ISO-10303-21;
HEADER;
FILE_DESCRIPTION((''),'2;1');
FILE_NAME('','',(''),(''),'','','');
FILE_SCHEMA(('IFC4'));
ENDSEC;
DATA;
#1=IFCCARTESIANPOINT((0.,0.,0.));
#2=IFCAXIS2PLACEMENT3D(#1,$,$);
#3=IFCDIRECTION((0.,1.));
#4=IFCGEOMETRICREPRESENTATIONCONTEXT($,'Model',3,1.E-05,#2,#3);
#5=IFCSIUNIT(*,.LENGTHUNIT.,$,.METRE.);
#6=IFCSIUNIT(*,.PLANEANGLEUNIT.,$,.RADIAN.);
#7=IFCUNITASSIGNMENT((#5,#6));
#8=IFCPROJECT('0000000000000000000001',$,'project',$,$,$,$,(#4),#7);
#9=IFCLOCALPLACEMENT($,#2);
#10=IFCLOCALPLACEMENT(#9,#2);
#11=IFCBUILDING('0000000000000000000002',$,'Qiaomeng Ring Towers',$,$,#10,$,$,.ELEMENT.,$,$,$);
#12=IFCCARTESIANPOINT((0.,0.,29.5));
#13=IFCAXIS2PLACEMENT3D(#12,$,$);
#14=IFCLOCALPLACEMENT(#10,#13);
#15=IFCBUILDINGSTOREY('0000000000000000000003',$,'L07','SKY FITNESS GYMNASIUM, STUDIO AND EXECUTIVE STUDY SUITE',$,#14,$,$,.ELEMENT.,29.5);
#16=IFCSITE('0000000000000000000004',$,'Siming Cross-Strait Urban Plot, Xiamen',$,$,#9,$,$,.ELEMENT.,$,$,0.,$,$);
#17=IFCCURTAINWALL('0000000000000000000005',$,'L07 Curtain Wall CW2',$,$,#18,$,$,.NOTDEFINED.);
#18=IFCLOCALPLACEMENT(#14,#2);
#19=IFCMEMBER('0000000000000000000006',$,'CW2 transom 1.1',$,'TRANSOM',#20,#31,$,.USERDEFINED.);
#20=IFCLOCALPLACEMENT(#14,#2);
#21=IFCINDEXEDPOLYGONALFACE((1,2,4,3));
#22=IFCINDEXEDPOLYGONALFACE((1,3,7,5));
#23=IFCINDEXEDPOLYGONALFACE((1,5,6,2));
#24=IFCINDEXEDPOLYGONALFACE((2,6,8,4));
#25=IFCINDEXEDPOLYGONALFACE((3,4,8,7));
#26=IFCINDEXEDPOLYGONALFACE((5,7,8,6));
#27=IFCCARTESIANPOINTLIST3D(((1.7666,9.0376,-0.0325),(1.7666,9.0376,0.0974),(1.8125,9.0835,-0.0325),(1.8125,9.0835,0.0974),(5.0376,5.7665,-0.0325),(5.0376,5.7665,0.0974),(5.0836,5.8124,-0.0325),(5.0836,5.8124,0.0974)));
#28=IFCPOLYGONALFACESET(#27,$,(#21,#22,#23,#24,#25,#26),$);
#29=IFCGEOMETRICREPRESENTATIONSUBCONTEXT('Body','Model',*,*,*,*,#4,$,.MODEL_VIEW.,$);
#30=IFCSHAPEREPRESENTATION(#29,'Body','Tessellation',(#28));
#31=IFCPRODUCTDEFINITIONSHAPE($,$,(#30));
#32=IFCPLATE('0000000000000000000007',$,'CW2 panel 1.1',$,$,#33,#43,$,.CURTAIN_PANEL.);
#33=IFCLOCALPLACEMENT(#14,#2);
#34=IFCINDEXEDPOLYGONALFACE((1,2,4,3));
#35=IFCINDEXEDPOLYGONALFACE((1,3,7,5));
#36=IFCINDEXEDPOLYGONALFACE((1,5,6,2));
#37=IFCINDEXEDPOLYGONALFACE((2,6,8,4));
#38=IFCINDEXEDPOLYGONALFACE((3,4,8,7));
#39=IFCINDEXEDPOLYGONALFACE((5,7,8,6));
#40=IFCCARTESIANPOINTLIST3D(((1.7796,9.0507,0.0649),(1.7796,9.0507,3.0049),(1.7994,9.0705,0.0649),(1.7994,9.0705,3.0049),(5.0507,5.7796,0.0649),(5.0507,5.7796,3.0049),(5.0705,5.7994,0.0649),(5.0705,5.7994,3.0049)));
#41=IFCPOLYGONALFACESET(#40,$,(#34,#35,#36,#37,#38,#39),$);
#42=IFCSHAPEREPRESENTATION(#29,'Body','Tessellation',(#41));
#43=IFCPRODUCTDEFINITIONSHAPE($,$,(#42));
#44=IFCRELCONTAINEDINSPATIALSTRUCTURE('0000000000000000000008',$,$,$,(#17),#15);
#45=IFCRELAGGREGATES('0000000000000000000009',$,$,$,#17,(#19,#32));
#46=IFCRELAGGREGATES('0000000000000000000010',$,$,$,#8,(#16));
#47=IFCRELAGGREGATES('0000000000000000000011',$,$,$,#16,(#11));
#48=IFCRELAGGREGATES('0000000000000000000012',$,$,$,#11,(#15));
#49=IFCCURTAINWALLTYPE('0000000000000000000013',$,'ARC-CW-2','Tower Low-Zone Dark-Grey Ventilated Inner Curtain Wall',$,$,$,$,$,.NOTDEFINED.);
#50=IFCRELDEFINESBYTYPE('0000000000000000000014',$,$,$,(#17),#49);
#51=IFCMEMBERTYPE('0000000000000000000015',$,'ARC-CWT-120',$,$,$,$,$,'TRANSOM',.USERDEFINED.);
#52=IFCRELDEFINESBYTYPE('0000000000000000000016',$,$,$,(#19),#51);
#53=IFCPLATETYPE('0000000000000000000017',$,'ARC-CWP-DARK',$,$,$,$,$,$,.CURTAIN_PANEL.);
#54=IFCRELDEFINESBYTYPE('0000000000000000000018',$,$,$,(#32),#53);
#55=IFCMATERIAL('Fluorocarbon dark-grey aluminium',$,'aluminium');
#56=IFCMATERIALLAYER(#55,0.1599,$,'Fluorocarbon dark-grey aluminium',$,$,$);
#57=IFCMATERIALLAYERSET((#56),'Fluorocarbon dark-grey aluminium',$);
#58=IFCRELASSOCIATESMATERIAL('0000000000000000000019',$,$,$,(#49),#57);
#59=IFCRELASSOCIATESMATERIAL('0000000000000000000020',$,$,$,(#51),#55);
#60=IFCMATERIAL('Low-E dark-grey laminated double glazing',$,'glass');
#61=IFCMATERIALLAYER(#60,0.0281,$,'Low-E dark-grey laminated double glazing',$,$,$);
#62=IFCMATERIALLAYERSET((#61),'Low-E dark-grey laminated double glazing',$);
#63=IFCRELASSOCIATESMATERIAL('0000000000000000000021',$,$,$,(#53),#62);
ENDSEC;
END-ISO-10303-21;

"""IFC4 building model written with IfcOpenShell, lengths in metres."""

from ifc_helpers import new_model, si_unit, direction, frame, origin, origin_2d, place, context, subcontext, project, spatial, rectangle, extrude, source, transform, mapped, material, layer, layer_set, material_profile, profile_set, type_object, element, aggregate, save


model = new_model("IFC4")

# Units and contexts
model_context = context("Model", 3, precision=1e-05, world=origin(), true_north=direction((0.0, 1.0)))
body_context = subcontext(model_context, "Body", "Model", "MODEL_VIEW")
ifc_project = project(units=[si_unit("LENGTHUNIT", "METRE"), si_unit("PLANEANGLEUNIT", "RADIAN")], contexts=[model_context])

# Site, building, storey
site_placement = place(None, origin())
site = spatial("IfcSite", under=ifc_project, at=site_placement, Name="Siming Cross-Strait Urban Plot, Xiamen", CompositionType="ELEMENT", RefElevation=0.0)
building_placement = place(site_placement, origin())
building = spatial("IfcBuilding", under=site, at=building_placement, Name="Qiaomeng Ring Towers", CompositionType="ELEMENT")
storey_placement = place(building_placement, frame((0.0, 0.0, 29.5)))
storey = spatial("IfcBuildingStorey", under=building, at=storey_placement, Name="L07", Description="SKY FITNESS GYMNASIUM, STUDIO AND EXECUTIVE STUDY SUITE", CompositionType="ELEMENT", Elevation=29.5)

# Curtain wall, member, plate
ifc_material_1 = material(Name="Fluorocarbon dark-grey aluminium", Category="aluminium")
ifc_layer_1 = layer(ifc_material_1, 0.1599, Name="Fluorocarbon dark-grey aluminium")
ifc_layer_set_1 = layer_set([ifc_layer_1], Name="Fluorocarbon dark-grey aluminium")
curtain_wall_type = type_object("IfcCurtainWallType", Name="ARC-CW-2", Description="Tower Low-Zone Dark-Grey Ventilated Inner Curtain Wall", PredefinedType="NOTDEFINED", material=ifc_layer_set_1)
curtain_wall_placement = place(storey_placement, origin())
curtain_wall = element("IfcCurtainWall", 1, at=curtain_wall_placement, inside=storey, type_object=curtain_wall_type, Name="L07 Curtain Wall CW2", PredefinedType="NOTDEFINED")
ifc_material_profile_1 = material_profile(ifc_material_1, rectangle(XDim=0.0649, YDim=0.1299, at=origin_2d()), Name="ALU TRAN 65x130")
ifc_profile_set_1 = profile_set([ifc_material_profile_1], Name="Fluorocarbon dark-grey aluminium")
member_type_1 = type_object("IfcMemberType", Name="ARC-CWT-120", ElementType="TRANSOM", PredefinedType="USERDEFINED", material=ifc_profile_set_1)
shared_shape_1 = source(origin(), body_context, "Body", "SweptSolid", [
    extrude(rectangle(XDim=0.0649, YDim=0.1299, at=origin_2d()), origin(), (0.0, 0.0, 1.0), 4.626),
])
member_1_placement = place(storey_placement, frame((1.7896, 9.0605, 0.0325), z_axis=(0.707107, -0.707107, 0.0), x_axis=(0.707107, 0.707107, 0.0)))
member_1 = element("IfcMember", 2, at=member_1_placement, type_object=member_type_1, Name="CW2 transom 1.1", ObjectType="TRANSOM", PredefinedType="USERDEFINED", context=body_context, shape_type="MappedRepresentation", body=[
    mapped(shared_shape_1, transform((0.0, 0.0, 0.0), x_axis=(1.0, 0.0, 0.0), y_axis=(0.0, 1.0, 0.0), z_axis=(0.0, 0.0, 1.0), scale=1.0)),
])
ifc_material_2 = material(Name="Low-E dark-grey laminated double glazing", Category="glass")
ifc_layer_2 = layer(ifc_material_2, 0.0281, Name="Low-E dark-grey laminated double glazing")
ifc_layer_set_2 = layer_set([ifc_layer_2], Name="Low-E dark-grey laminated double glazing")
plate_type = type_object("IfcPlateType", Name="ARC-CWP-DARK", PredefinedType="CURTAIN_PANEL", material=ifc_layer_set_2)
shared_shape_2 = source(origin(), body_context, "Body", "SweptSolid", [
    extrude(rectangle(XDim=4.626, YDim=0.0281, at=origin_2d()), origin(), (0.0, 0.0, 1.0), 2.9399),
])
plate_placement = place(storey_placement, frame((3.425, 7.425, 0.0649), z_axis=(0.0, 0.0, 1.0), x_axis=(0.707107, -0.707107, 0.0)))
plate = element("IfcPlate", 3, at=plate_placement, type_object=plate_type, Name="CW2 panel 1.1", PredefinedType="CURTAIN_PANEL", context=body_context, shape_type="MappedRepresentation", body=[
    mapped(shared_shape_2, transform((0.0, 0.0, 0.0), x_axis=(1.0, 0.0, 0.0), y_axis=(0.0, 1.0, 0.0), z_axis=(0.0, 0.0, 1.0), scale=1.0)),
])
aggregate(curtain_wall, [member_1, plate])

save(model, "model.ifc")
